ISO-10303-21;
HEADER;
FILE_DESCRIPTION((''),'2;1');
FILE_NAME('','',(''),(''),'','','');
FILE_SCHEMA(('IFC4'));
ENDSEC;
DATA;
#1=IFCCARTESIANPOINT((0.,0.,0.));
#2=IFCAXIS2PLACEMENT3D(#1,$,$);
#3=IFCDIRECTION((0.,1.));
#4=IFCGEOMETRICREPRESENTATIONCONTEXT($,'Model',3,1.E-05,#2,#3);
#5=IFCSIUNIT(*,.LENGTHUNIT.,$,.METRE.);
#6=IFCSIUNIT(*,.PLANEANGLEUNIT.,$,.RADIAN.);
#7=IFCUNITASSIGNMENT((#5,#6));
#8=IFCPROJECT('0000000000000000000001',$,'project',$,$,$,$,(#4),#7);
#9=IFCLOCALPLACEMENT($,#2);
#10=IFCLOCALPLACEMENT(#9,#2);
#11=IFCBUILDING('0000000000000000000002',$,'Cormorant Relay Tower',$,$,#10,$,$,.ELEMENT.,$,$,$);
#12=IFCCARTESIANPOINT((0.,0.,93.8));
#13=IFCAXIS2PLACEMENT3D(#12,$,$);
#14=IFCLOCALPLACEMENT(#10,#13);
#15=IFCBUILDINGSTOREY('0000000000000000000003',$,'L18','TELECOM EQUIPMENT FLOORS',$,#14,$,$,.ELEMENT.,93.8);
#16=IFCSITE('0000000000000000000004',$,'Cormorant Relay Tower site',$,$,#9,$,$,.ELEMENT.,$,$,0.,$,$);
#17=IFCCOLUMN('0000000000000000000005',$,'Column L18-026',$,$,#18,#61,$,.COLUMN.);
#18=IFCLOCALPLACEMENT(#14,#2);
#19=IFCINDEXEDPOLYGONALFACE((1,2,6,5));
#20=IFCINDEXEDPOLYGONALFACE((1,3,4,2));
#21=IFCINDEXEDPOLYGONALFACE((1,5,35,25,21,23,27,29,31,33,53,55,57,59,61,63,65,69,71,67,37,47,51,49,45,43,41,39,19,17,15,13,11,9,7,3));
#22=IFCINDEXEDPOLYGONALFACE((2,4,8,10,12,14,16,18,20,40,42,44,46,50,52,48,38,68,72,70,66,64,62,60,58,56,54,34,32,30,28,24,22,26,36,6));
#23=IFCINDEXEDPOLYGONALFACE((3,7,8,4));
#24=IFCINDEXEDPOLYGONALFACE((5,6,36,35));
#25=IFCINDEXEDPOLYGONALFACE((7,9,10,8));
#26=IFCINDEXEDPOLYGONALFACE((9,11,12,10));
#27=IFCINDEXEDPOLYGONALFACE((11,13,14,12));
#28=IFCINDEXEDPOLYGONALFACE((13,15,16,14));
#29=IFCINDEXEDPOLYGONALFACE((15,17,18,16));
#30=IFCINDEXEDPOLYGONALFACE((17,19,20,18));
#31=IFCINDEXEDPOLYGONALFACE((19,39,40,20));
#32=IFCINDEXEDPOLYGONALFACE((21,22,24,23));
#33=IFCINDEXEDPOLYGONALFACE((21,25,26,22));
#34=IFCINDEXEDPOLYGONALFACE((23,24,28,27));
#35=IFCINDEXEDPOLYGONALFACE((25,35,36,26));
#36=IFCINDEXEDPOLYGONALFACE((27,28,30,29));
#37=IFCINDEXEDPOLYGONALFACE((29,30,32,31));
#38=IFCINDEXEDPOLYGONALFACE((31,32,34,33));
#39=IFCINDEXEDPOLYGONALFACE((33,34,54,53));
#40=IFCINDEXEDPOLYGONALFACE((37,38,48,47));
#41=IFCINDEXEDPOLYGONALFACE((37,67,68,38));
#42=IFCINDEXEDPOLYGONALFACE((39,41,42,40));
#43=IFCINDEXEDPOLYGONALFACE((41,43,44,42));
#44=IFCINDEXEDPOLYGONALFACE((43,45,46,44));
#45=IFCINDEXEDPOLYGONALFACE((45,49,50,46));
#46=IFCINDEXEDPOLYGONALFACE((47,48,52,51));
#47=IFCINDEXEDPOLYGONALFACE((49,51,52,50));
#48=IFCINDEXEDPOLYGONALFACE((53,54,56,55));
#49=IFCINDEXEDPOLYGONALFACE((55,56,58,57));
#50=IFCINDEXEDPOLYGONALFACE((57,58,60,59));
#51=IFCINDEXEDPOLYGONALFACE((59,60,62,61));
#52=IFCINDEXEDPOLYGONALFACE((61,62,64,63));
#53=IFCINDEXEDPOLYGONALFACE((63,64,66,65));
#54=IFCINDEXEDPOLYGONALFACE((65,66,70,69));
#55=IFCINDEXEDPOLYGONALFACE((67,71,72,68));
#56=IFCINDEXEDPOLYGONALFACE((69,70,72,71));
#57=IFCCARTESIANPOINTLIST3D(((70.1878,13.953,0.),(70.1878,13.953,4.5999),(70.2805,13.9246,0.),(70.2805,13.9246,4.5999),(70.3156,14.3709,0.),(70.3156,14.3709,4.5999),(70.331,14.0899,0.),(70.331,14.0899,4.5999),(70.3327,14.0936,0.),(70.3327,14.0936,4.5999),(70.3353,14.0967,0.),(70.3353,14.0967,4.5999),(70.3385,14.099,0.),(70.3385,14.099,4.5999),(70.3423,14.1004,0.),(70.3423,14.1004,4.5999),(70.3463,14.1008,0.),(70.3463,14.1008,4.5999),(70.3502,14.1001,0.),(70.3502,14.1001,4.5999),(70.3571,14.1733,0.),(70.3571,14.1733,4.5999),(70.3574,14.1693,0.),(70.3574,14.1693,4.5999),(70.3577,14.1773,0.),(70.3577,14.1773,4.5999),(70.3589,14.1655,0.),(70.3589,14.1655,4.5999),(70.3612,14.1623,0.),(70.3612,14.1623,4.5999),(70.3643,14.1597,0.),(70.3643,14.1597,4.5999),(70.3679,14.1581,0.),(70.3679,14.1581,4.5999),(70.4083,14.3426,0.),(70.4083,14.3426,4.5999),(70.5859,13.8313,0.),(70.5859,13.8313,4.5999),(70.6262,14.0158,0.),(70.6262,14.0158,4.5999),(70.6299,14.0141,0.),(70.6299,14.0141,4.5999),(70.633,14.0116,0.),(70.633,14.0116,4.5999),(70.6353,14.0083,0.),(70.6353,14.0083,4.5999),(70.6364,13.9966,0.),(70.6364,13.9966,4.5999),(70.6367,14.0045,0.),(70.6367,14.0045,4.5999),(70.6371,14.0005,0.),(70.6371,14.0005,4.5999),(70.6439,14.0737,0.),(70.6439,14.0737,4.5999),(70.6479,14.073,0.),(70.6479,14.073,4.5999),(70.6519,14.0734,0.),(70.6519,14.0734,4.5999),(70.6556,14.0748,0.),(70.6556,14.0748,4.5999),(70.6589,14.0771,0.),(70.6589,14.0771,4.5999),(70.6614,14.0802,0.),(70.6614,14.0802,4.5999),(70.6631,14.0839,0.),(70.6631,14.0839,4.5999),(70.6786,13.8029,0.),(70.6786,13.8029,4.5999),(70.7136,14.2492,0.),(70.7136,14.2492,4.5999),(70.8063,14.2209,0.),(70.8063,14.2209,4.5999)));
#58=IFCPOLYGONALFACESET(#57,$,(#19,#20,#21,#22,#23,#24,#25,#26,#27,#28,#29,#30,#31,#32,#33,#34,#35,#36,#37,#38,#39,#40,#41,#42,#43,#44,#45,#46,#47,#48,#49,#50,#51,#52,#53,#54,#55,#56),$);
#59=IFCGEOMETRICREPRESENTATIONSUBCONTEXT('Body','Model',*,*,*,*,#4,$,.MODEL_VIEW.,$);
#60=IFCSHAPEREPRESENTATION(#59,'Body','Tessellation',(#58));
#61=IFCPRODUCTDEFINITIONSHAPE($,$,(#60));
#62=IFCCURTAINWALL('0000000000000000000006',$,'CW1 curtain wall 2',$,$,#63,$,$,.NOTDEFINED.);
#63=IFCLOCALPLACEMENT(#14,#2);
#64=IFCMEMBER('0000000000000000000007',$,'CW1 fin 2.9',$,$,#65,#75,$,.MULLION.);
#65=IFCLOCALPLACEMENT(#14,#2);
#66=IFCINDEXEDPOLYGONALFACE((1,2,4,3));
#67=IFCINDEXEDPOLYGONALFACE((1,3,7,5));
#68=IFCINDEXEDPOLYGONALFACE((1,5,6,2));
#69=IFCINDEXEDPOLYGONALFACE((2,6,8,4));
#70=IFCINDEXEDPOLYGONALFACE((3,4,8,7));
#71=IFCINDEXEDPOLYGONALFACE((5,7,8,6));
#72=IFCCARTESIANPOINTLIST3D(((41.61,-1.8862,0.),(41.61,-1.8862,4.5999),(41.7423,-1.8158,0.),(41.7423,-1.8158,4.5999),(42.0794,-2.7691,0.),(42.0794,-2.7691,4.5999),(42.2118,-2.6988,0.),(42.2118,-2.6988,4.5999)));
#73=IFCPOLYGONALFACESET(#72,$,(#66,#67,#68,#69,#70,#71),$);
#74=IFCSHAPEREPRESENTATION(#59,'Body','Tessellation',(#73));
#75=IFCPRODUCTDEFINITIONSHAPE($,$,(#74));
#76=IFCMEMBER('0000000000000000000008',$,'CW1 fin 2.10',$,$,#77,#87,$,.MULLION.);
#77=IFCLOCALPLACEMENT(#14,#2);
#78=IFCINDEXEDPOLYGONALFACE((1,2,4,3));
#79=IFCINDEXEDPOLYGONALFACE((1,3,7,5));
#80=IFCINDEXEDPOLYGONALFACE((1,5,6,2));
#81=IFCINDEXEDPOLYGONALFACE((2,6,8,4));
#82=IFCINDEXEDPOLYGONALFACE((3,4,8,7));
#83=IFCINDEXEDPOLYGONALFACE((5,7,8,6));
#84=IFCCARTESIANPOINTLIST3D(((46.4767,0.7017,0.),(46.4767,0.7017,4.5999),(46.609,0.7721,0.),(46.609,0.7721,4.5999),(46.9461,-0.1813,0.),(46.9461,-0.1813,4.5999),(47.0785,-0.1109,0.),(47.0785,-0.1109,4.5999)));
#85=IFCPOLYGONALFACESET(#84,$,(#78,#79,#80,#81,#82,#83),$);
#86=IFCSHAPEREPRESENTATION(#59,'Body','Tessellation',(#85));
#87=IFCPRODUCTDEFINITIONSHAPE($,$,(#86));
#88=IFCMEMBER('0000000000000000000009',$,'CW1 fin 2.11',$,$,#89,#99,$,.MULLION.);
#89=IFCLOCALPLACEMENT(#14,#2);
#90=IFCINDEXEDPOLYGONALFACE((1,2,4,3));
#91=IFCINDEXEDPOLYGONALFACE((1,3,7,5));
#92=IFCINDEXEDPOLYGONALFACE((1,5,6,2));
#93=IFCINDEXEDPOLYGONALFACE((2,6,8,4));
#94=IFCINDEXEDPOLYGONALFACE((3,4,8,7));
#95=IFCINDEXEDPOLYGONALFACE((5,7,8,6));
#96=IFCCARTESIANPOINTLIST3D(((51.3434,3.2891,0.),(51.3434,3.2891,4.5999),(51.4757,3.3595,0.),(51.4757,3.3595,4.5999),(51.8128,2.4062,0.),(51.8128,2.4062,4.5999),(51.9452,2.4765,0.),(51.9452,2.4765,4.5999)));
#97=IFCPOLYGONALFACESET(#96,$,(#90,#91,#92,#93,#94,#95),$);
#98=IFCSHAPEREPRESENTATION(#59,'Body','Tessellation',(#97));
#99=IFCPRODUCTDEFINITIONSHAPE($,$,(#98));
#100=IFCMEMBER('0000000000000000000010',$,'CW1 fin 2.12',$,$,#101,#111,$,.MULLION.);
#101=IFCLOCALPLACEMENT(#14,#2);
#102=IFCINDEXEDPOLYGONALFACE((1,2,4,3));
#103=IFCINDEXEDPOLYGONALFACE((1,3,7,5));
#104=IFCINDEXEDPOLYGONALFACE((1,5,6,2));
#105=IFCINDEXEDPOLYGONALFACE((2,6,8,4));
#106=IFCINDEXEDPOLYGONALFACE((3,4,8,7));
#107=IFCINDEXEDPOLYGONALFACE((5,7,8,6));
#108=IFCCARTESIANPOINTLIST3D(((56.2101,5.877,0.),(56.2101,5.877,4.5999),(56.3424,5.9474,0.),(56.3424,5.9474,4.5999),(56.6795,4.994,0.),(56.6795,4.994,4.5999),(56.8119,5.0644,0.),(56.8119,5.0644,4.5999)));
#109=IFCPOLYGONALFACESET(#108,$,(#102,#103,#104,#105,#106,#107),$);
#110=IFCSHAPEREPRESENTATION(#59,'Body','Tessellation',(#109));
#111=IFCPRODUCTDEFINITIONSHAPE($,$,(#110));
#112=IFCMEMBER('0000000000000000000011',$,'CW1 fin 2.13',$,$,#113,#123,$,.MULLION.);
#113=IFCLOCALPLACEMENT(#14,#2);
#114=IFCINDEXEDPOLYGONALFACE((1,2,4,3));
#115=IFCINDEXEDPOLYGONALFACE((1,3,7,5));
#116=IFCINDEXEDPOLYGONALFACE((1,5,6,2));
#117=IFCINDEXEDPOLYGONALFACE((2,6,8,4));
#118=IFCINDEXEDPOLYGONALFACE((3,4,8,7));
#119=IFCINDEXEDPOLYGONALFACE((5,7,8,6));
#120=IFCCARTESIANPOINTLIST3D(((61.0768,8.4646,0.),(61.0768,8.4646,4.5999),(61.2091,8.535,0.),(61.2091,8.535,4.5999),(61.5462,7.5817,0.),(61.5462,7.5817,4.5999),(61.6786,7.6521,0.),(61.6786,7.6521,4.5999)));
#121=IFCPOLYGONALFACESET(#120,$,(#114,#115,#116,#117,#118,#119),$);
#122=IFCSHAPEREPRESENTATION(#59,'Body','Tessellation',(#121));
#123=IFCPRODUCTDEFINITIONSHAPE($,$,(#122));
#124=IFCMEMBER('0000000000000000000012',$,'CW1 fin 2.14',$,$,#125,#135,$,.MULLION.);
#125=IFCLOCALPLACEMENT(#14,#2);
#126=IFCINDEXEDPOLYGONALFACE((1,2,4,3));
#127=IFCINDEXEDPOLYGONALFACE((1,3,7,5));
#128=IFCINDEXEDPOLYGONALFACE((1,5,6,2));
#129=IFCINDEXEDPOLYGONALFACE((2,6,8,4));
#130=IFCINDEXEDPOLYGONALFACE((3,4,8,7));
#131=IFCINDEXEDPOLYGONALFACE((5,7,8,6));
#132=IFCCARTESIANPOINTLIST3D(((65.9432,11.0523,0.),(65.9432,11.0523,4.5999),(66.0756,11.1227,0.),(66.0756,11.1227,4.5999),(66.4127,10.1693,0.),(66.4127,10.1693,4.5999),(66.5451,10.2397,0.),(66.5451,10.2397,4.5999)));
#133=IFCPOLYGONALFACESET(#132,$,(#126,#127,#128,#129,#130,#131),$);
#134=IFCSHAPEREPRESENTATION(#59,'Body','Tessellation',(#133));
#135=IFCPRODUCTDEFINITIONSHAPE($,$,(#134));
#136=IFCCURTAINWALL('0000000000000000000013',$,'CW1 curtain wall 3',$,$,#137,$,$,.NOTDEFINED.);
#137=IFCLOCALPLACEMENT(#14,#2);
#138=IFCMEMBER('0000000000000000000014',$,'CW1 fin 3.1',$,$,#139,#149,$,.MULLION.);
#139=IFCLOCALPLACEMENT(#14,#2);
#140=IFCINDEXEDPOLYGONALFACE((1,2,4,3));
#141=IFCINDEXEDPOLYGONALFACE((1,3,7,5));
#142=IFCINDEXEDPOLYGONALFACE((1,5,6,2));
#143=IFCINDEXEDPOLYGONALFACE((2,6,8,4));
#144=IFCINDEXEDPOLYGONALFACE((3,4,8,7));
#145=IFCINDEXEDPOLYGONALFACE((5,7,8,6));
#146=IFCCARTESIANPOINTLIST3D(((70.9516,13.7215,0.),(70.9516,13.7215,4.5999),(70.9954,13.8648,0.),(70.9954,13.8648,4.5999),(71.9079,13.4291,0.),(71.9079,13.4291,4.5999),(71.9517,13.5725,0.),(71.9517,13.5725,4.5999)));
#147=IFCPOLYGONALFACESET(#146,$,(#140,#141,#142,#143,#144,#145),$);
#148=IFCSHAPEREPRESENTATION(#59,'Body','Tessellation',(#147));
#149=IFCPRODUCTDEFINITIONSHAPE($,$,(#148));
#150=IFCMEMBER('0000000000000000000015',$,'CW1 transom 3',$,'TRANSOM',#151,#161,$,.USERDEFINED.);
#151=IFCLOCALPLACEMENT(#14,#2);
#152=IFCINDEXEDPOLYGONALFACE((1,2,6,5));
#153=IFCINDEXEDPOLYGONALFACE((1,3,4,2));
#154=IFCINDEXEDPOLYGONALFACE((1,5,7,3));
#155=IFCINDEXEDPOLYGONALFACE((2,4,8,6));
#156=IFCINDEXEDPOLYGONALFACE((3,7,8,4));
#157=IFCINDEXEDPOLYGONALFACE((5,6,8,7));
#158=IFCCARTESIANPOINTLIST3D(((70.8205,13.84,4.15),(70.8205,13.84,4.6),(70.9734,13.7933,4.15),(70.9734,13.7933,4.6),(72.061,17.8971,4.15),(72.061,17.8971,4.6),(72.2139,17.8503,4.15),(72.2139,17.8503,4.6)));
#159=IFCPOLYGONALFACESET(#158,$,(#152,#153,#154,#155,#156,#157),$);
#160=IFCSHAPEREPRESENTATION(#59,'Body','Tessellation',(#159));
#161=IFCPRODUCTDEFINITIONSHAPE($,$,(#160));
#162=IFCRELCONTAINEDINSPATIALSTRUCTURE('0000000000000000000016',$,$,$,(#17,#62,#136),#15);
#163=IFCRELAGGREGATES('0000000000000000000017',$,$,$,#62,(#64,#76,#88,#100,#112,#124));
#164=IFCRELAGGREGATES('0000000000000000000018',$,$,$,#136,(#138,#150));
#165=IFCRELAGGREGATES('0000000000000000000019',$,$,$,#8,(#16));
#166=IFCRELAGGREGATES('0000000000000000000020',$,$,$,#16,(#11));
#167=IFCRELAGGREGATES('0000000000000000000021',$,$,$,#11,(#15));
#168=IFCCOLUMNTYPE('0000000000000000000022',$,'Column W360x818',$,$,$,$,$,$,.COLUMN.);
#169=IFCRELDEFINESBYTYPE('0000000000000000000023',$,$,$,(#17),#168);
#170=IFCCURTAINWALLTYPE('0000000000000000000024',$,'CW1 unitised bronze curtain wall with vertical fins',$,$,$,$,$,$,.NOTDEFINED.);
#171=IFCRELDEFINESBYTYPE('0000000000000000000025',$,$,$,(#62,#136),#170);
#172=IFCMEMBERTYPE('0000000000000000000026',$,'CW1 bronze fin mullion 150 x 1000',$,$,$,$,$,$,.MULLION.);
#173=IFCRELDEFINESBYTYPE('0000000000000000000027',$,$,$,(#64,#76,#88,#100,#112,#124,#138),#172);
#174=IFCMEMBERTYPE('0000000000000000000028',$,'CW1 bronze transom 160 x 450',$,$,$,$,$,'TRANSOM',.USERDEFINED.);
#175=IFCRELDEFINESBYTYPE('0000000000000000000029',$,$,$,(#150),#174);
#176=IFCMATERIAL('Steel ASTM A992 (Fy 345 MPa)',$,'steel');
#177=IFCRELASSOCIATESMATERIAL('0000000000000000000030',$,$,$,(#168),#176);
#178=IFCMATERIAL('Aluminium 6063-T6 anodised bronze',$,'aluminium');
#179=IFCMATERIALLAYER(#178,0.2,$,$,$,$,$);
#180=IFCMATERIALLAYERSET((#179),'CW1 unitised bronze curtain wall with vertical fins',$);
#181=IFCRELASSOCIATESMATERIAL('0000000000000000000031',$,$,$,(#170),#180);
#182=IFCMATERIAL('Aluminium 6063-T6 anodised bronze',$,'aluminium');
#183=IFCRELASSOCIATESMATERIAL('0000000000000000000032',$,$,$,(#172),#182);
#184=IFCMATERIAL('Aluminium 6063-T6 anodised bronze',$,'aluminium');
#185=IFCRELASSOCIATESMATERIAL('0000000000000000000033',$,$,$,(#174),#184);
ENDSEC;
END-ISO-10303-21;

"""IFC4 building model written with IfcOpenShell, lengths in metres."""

from ifc_helpers import new_model, si_unit, direction, frame, origin, origin_2d, place, context, subcontext, project, spatial, rectangle, i_section, extrude, material, layer, layer_set, material_profile, profile_set, type_object, element, aggregate, save


model = new_model("IFC4")

# Units and contexts
model_context = context("Model", 3, precision=1e-05, world=origin(), true_north=direction((0.0, 1.0)))
body_context = subcontext(model_context, "Body", "Model", "MODEL_VIEW")
ifc_project = project(units=[si_unit("LENGTHUNIT", "METRE"), si_unit("PLANEANGLEUNIT", "RADIAN")], contexts=[model_context])

# Site, building, storey
site_placement = place(None, origin())
site = spatial("IfcSite", under=ifc_project, at=site_placement, Name="Cormorant Relay Tower site", CompositionType="ELEMENT", RefElevation=0.0)
building_placement = place(site_placement, origin())
building = spatial("IfcBuilding", under=site, at=building_placement, Name="Cormorant Relay Tower", CompositionType="ELEMENT")
storey_placement = place(building_placement, frame((0.0, 0.0, 93.8)))
storey = spatial("IfcBuildingStorey", under=building, at=storey_placement, Name="L18", Description="TELECOM EQUIPMENT FLOORS", CompositionType="ELEMENT", Elevation=93.8)

# Column
ifc_material_1 = material(Name="Steel ASTM A992 (Fy 345 MPa)", Category="steel")
ifc_material_profile_1 = material_profile(ifc_material_1, i_section(OverallWidth=0.437, OverallDepth=0.5132, WebThickness=0.0605, FlangeThickness=0.0969, FilletRadius=0.0154, at=origin_2d()), Name="W360x818")
ifc_profile_set_1 = profile_set([ifc_material_profile_1], Name="Steel ASTM A992 (Fy 345 MPa)")
column_type_1 = type_object("IfcColumnType", Name="Column W360x818", PredefinedType="COLUMN", material=ifc_profile_set_1)
for number, where, z_axis, x_axis, name in (
    (1, (70.4971, 14.0869, 0.0), (0.0, 0.0, 1.0), (0.292372, 0.956305, 0.0), "Column L18-026"),
):
    element("IfcColumn", number, at=place(storey_placement, frame(where, z_axis=z_axis, x_axis=x_axis)), inside=storey, type_object=column_type_1, Name=name, PredefinedType="COLUMN", context=body_context, shape_type="SweptSolid", body=[
        extrude(i_section(OverallWidth=0.437, OverallDepth=0.5132, WebThickness=0.0605, FlangeThickness=0.0969, FilletRadius=0.0154, at=origin_2d()), origin(), (0.0, 0.0, 1.0), 4.5999),
    ])

# Curtain walls, members
ifc_material_2 = material(Name="Aluminium 6063-T6 anodised bronze", Category="aluminium")
ifc_layer_1 = layer(ifc_material_2, 0.2)
ifc_layer_set_1 = layer_set([ifc_layer_1], Name="CW1 unitised bronze curtain wall with vertical fins")
curtain_wall_type = type_object("IfcCurtainWallType", Name="CW1 unitised bronze curtain wall with vertical fins", PredefinedType="NOTDEFINED", material=ifc_layer_set_1)
curtain_wall_1_placement = place(storey_placement, origin())
curtain_wall_1 = element("IfcCurtainWall", 2, at=curtain_wall_1_placement, inside=storey, type_object=curtain_wall_type, Name="CW1 curtain wall 2", PredefinedType="NOTDEFINED")
ifc_material_3 = material(Name="Aluminium 6063-T6 anodised bronze", Category="aluminium")
ifc_material_profile_2 = material_profile(ifc_material_3, rectangle(XDim=0.1499, YDim=1.0, at=origin_2d()), Name="AL 150x1000")
ifc_profile_set_2 = profile_set([ifc_material_profile_2], Name="Aluminium 6063-T6 anodised bronze")
member_type_1 = type_object("IfcMemberType", Name="CW1 bronze fin mullion 150 x 1000", PredefinedType="MULLION", material=ifc_profile_set_2)
member_1_placement = place(storey_placement, frame((41.9109, -2.2925, 0.0), z_axis=(0.0, 0.0, 1.0), x_axis=(0.882948, 0.469472, 0.0)))
member_1 = element("IfcMember", 3, at=member_1_placement, type_object=member_type_1, Name="CW1 fin 2.9", PredefinedType="MULLION", context=body_context, shape_type="SweptSolid", body=[
    extrude(rectangle(XDim=0.1499, YDim=1.0, at=origin_2d()), origin(), (0.0, 0.0, 1.0), 4.5999),
])
member_2_placement = place(storey_placement, frame((46.7776, 0.2954, 0.0), z_axis=(0.0, 0.0, 1.0), x_axis=(0.882948, 0.469472, 0.0)))
member_2 = element("IfcMember", 4, at=member_2_placement, type_object=member_type_1, Name="CW1 fin 2.10", PredefinedType="MULLION", context=body_context, shape_type="SweptSolid", body=[
    extrude(rectangle(XDim=0.1499, YDim=1.0, at=origin_2d()), origin(), (0.0, 0.0, 1.0), 4.5999),
])
member_3_placement = place(storey_placement, frame((51.6443, 2.8828, 0.0), z_axis=(0.0, 0.0, 1.0), x_axis=(0.882948, 0.469472, 0.0)))
member_3 = element("IfcMember", 5, at=member_3_placement, type_object=member_type_1, Name="CW1 fin 2.11", PredefinedType="MULLION", context=body_context, shape_type="SweptSolid", body=[
    extrude(rectangle(XDim=0.1499, YDim=1.0, at=origin_2d()), origin(), (0.0, 0.0, 1.0), 4.5999),
])
member_4_placement = place(storey_placement, frame((56.511, 5.4707, 0.0), z_axis=(0.0, 0.0, 1.0), x_axis=(0.882948, 0.469472, 0.0)))
member_4 = element("IfcMember", 6, at=member_4_placement, type_object=member_type_1, Name="CW1 fin 2.12", PredefinedType="MULLION", context=body_context, shape_type="SweptSolid", body=[
    extrude(rectangle(XDim=0.1499, YDim=1.0, at=origin_2d()), origin(), (0.0, 0.0, 1.0), 4.5999),
])
member_5_placement = place(storey_placement, frame((61.3777, 8.0583, 0.0), z_axis=(0.0, 0.0, 1.0), x_axis=(0.882948, 0.469472, 0.0)))
member_5 = element("IfcMember", 7, at=member_5_placement, type_object=member_type_1, Name="CW1 fin 2.13", PredefinedType="MULLION", context=body_context, shape_type="SweptSolid", body=[
    extrude(rectangle(XDim=0.1499, YDim=1.0, at=origin_2d()), origin(), (0.0, 0.0, 1.0), 4.5999),
])
member_6_placement = place(storey_placement, frame((66.2441, 10.646, 0.0), z_axis=(0.0, 0.0, 1.0), x_axis=(0.882948, 0.469472, 0.0)))
member_6 = element("IfcMember", 8, at=member_6_placement, type_object=member_type_1, Name="CW1 fin 2.14", PredefinedType="MULLION", context=body_context, shape_type="SweptSolid", body=[
    extrude(rectangle(XDim=0.1499, YDim=1.0, at=origin_2d()), origin(), (0.0, 0.0, 1.0), 4.5999),
])
curtain_wall_2_placement = place(storey_placement, origin())
curtain_wall_2 = element("IfcCurtainWall", 9, at=curtain_wall_2_placement, inside=storey, type_object=curtain_wall_type, Name="CW1 curtain wall 3", PredefinedType="NOTDEFINED")
member_7_placement = place(storey_placement, frame((71.4517, 13.647, 0.0), z_axis=(0.0, 0.0, 1.0), x_axis=(0.292372, 0.956305, 0.0)))
member_7 = element("IfcMember", 10, at=member_7_placement, type_object=member_type_1, Name="CW1 fin 3.1", PredefinedType="MULLION", context=body_context, shape_type="SweptSolid", body=[
    extrude(rectangle(XDim=0.1499, YDim=1.0, at=origin_2d()), origin(), (0.0, 0.0, 1.0), 4.5999),
])
ifc_material_4 = material(Name="Aluminium 6063-T6 anodised bronze", Category="aluminium")
ifc_material_profile_3 = material_profile(ifc_material_4, rectangle(XDim=0.1599, YDim=0.45, at=origin_2d()), Name="AL 160x450")
ifc_profile_set_3 = profile_set([ifc_material_profile_3], Name="Aluminium 6063-T6 anodised bronze")
member_type_2 = type_object("IfcMemberType", Name="CW1 bronze transom 160 x 450", ElementType="TRANSOM", PredefinedType="USERDEFINED", material=ifc_profile_set_3)
member_8_placement = place(storey_placement, frame((70.897, 13.8167, 4.375), z_axis=(0.292391, 0.956299, 0.0), x_axis=(-0.956299, 0.292391, 0.0)))
member_8 = element("IfcMember", 11, at=member_8_placement, type_object=member_type_2, Name="CW1 transom 3", ObjectType="TRANSOM", PredefinedType="USERDEFINED", context=body_context, shape_type="SweptSolid", body=[
    extrude(rectangle(XDim=0.1599, YDim=0.45, at=origin_2d()), origin(), (0.0, 0.0, 1.0), 4.2424),
])

aggregate(curtain_wall_1, [member_1, member_2, member_3, member_4, member_5, member_6])
aggregate(curtain_wall_2, [member_7, member_8])

save(model, "model.ifc")
